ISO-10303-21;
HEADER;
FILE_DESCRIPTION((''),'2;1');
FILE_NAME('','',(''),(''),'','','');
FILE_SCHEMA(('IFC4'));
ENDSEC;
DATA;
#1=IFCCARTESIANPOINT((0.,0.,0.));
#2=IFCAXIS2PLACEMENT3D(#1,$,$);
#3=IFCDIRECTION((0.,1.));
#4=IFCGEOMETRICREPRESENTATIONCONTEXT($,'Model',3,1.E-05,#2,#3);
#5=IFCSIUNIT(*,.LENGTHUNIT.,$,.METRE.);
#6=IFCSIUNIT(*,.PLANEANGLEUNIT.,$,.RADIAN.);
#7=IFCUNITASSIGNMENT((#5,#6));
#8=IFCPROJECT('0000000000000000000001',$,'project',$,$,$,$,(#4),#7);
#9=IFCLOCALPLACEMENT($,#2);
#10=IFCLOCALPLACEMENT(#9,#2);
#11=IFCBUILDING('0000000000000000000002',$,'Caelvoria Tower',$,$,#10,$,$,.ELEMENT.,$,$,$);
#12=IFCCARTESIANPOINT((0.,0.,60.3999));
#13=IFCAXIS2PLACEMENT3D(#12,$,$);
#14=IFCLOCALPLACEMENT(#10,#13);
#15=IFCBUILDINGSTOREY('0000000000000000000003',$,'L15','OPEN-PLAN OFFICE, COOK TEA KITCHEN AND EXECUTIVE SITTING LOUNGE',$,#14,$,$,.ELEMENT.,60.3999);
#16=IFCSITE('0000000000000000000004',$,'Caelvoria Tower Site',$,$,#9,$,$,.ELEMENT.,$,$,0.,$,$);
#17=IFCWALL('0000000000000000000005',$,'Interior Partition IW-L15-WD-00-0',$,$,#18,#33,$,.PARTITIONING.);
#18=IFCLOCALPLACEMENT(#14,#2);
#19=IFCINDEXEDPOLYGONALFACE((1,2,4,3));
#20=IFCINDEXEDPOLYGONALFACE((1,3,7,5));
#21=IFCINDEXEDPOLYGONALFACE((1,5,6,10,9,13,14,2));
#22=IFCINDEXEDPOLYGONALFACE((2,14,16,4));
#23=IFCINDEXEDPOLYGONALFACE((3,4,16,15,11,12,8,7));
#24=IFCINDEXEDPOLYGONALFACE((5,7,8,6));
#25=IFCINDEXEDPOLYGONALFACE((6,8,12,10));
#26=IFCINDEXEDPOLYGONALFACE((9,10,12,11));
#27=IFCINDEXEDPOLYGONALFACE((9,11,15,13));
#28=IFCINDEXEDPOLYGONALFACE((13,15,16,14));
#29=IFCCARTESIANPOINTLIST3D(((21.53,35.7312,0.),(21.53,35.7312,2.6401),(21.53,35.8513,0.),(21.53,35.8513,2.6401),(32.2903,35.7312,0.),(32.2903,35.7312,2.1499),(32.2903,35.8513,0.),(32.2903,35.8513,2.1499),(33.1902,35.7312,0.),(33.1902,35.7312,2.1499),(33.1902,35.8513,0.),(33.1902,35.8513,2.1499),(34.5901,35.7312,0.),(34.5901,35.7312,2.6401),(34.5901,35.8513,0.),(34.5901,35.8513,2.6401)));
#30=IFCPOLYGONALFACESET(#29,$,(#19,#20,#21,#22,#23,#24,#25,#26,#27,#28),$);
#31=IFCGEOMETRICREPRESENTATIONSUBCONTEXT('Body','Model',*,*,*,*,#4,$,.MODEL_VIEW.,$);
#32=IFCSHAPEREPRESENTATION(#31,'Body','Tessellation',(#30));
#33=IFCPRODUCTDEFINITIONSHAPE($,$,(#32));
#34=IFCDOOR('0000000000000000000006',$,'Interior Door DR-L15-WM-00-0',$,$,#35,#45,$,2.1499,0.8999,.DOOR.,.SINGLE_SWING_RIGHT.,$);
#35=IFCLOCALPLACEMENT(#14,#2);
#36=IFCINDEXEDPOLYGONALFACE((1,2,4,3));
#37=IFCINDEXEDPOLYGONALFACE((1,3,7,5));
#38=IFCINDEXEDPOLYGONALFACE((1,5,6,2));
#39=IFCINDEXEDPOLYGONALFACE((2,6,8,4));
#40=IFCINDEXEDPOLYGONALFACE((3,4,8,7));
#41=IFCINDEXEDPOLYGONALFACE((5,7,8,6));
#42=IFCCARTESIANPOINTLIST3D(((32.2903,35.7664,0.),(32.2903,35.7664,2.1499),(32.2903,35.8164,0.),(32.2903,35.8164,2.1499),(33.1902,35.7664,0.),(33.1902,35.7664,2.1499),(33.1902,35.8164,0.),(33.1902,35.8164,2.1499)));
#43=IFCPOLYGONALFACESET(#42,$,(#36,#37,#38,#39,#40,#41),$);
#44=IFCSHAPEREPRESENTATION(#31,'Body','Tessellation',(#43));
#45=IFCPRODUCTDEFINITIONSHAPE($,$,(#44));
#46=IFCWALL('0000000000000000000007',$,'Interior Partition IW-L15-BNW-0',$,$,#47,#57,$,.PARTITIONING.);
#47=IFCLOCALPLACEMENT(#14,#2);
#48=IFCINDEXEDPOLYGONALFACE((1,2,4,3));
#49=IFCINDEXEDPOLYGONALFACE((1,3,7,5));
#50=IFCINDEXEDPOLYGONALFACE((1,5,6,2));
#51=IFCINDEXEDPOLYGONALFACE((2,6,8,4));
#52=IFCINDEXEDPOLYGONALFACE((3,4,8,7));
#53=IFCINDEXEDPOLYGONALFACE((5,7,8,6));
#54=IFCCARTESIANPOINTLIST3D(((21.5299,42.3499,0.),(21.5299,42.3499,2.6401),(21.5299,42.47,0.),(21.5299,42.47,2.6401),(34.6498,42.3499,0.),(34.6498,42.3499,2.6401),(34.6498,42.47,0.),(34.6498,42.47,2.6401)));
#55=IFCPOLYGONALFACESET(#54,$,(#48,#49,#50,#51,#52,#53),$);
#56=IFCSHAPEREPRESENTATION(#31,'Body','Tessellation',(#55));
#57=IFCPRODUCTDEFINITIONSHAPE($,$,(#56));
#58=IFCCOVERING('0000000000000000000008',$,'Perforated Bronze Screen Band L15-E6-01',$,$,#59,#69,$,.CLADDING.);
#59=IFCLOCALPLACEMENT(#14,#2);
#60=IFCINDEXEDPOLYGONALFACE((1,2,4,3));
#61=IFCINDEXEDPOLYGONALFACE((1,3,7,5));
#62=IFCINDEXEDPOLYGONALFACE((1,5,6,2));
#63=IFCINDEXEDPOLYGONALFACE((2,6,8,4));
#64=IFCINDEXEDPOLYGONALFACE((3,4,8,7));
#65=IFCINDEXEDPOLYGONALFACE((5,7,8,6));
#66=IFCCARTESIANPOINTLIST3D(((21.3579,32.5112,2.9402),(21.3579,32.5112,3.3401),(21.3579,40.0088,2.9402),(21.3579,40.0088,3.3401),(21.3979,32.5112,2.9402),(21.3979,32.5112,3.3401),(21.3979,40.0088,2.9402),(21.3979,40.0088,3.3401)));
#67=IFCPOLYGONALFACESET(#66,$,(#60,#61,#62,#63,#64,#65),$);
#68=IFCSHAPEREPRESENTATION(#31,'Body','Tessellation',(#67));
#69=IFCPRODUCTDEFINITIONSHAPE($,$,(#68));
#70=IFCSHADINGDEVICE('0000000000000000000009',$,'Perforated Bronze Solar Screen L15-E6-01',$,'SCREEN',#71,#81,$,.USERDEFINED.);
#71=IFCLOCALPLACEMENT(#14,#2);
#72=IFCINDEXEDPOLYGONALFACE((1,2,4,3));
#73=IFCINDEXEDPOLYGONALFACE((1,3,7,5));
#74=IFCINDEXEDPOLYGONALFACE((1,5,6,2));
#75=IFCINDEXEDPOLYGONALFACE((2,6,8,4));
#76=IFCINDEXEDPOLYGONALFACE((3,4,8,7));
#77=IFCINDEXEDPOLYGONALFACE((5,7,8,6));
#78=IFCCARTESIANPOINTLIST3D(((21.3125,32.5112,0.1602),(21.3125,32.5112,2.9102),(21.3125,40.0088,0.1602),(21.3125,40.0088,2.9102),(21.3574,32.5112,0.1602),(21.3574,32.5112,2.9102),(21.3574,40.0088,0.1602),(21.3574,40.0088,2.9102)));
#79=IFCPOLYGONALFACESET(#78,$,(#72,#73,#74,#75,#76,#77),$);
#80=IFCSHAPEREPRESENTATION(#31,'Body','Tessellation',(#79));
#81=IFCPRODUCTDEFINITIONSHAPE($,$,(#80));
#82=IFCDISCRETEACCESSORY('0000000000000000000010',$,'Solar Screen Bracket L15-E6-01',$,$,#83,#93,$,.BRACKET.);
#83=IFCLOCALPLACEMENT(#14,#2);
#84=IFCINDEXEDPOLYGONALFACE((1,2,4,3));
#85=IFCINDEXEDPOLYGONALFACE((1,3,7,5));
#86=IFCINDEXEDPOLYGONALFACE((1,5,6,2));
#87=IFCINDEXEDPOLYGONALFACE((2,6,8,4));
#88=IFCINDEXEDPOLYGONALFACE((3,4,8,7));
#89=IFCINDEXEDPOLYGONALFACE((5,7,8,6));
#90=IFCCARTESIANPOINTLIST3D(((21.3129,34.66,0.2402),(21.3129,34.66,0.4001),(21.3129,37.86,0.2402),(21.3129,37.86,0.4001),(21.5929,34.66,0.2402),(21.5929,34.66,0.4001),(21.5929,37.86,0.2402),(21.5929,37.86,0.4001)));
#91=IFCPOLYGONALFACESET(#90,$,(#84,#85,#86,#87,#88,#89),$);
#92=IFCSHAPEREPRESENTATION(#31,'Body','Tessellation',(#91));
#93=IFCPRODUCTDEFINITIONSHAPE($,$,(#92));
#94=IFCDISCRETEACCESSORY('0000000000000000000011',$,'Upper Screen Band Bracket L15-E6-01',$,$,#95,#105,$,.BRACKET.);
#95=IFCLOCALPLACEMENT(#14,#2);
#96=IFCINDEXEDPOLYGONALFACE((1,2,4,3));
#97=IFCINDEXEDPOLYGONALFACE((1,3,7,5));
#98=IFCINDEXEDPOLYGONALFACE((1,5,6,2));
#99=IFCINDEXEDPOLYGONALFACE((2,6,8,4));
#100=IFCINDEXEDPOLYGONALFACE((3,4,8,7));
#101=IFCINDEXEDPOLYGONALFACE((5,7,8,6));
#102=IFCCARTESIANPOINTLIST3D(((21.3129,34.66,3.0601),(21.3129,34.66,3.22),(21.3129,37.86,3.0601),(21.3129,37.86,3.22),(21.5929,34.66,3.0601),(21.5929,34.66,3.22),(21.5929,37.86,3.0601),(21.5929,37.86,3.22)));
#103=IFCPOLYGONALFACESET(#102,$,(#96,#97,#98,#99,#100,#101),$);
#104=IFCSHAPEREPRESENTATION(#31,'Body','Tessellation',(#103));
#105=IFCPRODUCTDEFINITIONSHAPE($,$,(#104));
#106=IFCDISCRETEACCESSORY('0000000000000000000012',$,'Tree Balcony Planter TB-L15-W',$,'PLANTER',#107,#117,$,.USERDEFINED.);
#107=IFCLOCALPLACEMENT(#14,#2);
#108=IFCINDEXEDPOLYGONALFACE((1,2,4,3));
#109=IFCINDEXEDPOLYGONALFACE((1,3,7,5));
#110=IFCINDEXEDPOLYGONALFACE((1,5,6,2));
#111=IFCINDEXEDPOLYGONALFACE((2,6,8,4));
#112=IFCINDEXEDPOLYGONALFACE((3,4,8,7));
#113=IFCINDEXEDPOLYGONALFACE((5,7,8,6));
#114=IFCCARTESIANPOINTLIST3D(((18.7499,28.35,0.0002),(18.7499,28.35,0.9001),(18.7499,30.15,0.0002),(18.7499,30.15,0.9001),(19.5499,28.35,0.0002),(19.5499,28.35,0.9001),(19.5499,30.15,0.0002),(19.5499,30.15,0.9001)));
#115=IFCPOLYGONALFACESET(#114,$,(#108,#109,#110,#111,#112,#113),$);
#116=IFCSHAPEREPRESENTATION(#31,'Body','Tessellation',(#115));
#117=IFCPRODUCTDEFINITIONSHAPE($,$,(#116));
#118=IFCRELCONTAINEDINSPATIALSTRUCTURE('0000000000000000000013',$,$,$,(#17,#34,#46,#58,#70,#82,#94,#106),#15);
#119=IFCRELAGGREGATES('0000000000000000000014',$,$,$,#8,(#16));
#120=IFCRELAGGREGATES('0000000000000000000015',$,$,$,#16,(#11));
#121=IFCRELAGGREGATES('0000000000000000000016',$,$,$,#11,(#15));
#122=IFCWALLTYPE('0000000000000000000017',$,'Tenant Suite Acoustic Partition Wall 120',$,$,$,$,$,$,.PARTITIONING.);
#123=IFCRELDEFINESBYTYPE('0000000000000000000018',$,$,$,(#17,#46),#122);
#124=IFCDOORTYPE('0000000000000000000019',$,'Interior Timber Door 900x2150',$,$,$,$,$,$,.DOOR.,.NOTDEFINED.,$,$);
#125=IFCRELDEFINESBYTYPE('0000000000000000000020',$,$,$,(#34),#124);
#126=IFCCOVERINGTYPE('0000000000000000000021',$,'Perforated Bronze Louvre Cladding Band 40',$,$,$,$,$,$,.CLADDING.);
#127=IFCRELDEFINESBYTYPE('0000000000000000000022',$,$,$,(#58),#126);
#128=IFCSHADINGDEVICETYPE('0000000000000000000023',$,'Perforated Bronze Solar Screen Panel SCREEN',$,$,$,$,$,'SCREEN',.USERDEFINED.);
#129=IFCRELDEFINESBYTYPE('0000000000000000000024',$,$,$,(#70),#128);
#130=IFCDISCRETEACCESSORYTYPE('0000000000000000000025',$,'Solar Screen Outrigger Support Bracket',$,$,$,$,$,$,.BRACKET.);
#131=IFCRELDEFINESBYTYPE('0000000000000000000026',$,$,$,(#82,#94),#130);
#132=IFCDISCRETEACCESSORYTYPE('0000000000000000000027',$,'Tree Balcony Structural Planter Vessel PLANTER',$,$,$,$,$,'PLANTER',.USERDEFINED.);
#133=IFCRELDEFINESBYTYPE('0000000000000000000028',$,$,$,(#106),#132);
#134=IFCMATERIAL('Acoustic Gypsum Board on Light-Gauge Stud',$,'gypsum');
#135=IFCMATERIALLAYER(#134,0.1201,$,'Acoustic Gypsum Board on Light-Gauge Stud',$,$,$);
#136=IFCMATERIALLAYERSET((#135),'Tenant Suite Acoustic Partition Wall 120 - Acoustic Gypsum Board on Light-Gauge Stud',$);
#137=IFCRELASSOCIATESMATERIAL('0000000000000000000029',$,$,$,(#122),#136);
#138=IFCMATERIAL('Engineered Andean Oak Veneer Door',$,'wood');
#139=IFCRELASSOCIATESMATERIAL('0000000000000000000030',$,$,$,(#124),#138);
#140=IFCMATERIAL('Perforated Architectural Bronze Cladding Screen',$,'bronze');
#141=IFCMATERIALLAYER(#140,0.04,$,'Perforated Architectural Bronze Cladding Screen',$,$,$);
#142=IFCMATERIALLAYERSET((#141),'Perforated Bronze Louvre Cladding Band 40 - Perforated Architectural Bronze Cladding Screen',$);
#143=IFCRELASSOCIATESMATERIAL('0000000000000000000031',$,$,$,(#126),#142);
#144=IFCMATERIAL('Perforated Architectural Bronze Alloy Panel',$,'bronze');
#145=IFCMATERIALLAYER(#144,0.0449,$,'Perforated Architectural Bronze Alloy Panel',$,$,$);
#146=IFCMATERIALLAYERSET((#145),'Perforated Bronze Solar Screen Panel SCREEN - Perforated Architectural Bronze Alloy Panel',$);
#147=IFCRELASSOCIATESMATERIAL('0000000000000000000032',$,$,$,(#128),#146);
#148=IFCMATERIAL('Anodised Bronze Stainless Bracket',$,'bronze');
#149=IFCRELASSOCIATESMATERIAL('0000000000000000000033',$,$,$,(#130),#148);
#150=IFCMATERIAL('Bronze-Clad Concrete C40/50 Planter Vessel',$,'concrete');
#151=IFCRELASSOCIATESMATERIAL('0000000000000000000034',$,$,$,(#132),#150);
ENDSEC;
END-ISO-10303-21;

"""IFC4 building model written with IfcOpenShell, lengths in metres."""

from ifc_helpers import new_model, si_unit, direction, frame, frame_2d, origin, origin_2d, place, context, subcontext, project, spatial, rectangle, extrude, material, layer, layer_set, type_object, element, fill, save


model = new_model("IFC4")

# Units and contexts
model_context = context("Model", 3, precision=1e-05, world=origin(), true_north=direction((0.0, 1.0)))
body_context = subcontext(model_context, "Body", "Model", "MODEL_VIEW")
ifc_project = project(units=[si_unit("LENGTHUNIT", "METRE"), si_unit("PLANEANGLEUNIT", "RADIAN")], contexts=[model_context])

# Site, building, storey
site_placement = place(None, origin())
site = spatial("IfcSite", under=ifc_project, at=site_placement, Name="Caelvoria Tower Site", CompositionType="ELEMENT", RefElevation=0.0)
building_placement = place(site_placement, origin())
building = spatial("IfcBuilding", under=site, at=building_placement, Name="Caelvoria Tower", CompositionType="ELEMENT")
storey_placement = place(building_placement, frame((0.0, 0.0, 60.3999)))
storey = spatial("IfcBuildingStorey", under=building, at=storey_placement, Name="L15", Description="OPEN-PLAN OFFICE, COOK TEA KITCHEN AND EXECUTIVE SITTING LOUNGE", CompositionType="ELEMENT", Elevation=60.3999)

# Shared definitions
ifc_material_1 = material(Name="Acoustic Gypsum Board on Light-Gauge Stud", Category="gypsum")
ifc_layer_1 = layer(ifc_material_1, 0.1201, Name="Acoustic Gypsum Board on Light-Gauge Stud")
ifc_layer_set_1 = layer_set([ifc_layer_1], Name="Tenant Suite Acoustic Partition Wall 120 - Acoustic Gypsum Board on Light-Gauge Stud")
wall_type_1 = type_object("IfcWallType", Name="Tenant Suite Acoustic Partition Wall 120", PredefinedType="PARTITIONING", material=ifc_layer_set_1)
ifc_material_2 = material(Name="Engineered Andean Oak Veneer Door", Category="wood")

# Wall, opening, door
wall_1_placement = place(storey_placement, frame((34.5901, 35.7913, 0.0), z_axis=(0.0, 0.0, 1.0), x_axis=(-1.0, 0.0, 0.0)))
wall_1 = element("IfcWall", 1, at=wall_1_placement, inside=storey, type_object=wall_type_1, Name="Interior Partition IW-L15-WD-00-0", PredefinedType="PARTITIONING", context=body_context, shape_type="SweptSolid", body=[
    extrude(rectangle(XDim=13.0601, YDim=0.1201, at=frame_2d((6.53, 0.0))), origin(), (0.0, 0.0, 1.0), 2.6401),
])
opening_1_placement = place(wall_1_placement, frame((1.3999, 0.0, 0.0)))
opening_1 = element("IfcOpeningElement", 2, at=opening_1_placement, cuts=wall_1, PredefinedType="OPENING", context=body_context, shape_type="SweptSolid", body=[
    extrude(rectangle(XDim=0.8999, YDim=2.1499, at=frame_2d((0.45, 1.075))), frame((0.0, 0.0701, 0.0), z_axis=(0.0, -1.0, 0.0), x_axis=(1.0, 0.0, 0.0)), (0.0, 0.0, 1.0), 0.1401),
])
door_type_1 = type_object("IfcDoorType", Name="Interior Timber Door 900x2150", OperationType="NOTDEFINED", PredefinedType="DOOR", material=ifc_material_2)
door_1_placement = place(opening_1_placement, origin())
door_1 = element("IfcDoor", 3, at=door_1_placement, inside=storey, type_object=door_type_1, Name="Interior Door DR-L15-WM-00-0", OperationType="SINGLE_SWING_RIGHT", OverallHeight=2.1499, OverallWidth=0.8999, PredefinedType="DOOR", context=body_context, shape_type="SweptSolid", body=[
    extrude(rectangle(XDim=0.8999, YDim=2.1499, at=frame_2d((0.45, 1.075))), frame((0.0, 0.0249, 0.0), z_axis=(0.0, -1.0, 0.0), x_axis=(1.0, 0.0, 0.0)), (0.0, 0.0, 1.0), 0.05),
])
fill(opening_1, door_1)

# Wall
wall_2_placement = place(storey_placement, frame((34.6499, 42.4099, 0.0), z_axis=(0.0, 0.0, 1.0), x_axis=(-1.0, 0.0, 0.0)))
element("IfcWall", 4, at=wall_2_placement, inside=storey, type_object=wall_type_1, Name="Interior Partition IW-L15-BNW-0", PredefinedType="PARTITIONING", context=body_context, shape_type="SweptSolid", body=[
    extrude(rectangle(XDim=13.1199, YDim=0.1201, at=frame_2d((6.5601, 0.0))), origin(), (0.0, 0.0, 1.0), 2.6401),
])

# Covering
ifc_material_3 = material(Name="Perforated Architectural Bronze Cladding Screen", Category="bronze")
ifc_layer_2 = layer(ifc_material_3, 0.04, Name="Perforated Architectural Bronze Cladding Screen")
ifc_layer_set_2 = layer_set([ifc_layer_2], Name="Perforated Bronze Louvre Cladding Band 40 - Perforated Architectural Bronze Cladding Screen")
covering_type = type_object("IfcCoveringType", Name="Perforated Bronze Louvre Cladding Band 40", PredefinedType="CLADDING", material=ifc_layer_set_2)
covering_placement = place(storey_placement, frame((21.3779, 36.26, 2.9402), z_axis=(0.0, 0.0, 1.0), x_axis=(0.0, -1.0, 0.0)))
element("IfcCovering", 5, at=covering_placement, inside=storey, type_object=covering_type, Name="Perforated Bronze Screen Band L15-E6-01", PredefinedType="CLADDING", context=body_context, shape_type="SweptSolid", body=[
    extrude(rectangle(XDim=7.4976, YDim=0.04, at=origin_2d()), origin(), (0.0, 0.0, 1.0), 0.3999),
])

# Shading device
ifc_material_4 = material(Name="Perforated Architectural Bronze Alloy Panel", Category="bronze")
ifc_layer_3 = layer(ifc_material_4, 0.0449, Name="Perforated Architectural Bronze Alloy Panel")
ifc_layer_set_3 = layer_set([ifc_layer_3], Name="Perforated Bronze Solar Screen Panel SCREEN - Perforated Architectural Bronze Alloy Panel")
shading_device_type = type_object("IfcShadingDeviceType", Name="Perforated Bronze Solar Screen Panel SCREEN", ElementType="SCREEN", PredefinedType="USERDEFINED", material=ifc_layer_set_3)
shading_device_placement = place(storey_placement, frame((21.335, 36.26, 0.1602), z_axis=(0.0, 0.0, 1.0), x_axis=(0.0, -1.0, 0.0)))
element("IfcShadingDevice", 6, at=shading_device_placement, inside=storey, type_object=shading_device_type, Name="Perforated Bronze Solar Screen L15-E6-01", ObjectType="SCREEN", PredefinedType="USERDEFINED", context=body_context, shape_type="SweptSolid", body=[
    extrude(rectangle(XDim=7.4976, YDim=0.0449, at=origin_2d()), origin(), (0.0, 0.0, 1.0), 2.75),
])

# Discrete accessories
ifc_material_5 = material(Name="Anodised Bronze Stainless Bracket", Category="bronze")
discrete_accessory_type_1 = type_object("IfcDiscreteAccessoryType", Name="Solar Screen Outrigger Support Bracket", PredefinedType="BRACKET", material=ifc_material_5)
for number, where, z_axis, x_axis, name in (
    (7, (21.4529, 36.26, 0.2402), (0.0, 0.0, 1.0), (0.0, -1.0, 0.0), "Solar Screen Bracket L15-E6-01"),
    (8, (21.4529, 36.26, 3.0601), (0.0, 0.0, 1.0), (0.0, -1.0, 0.0), "Upper Screen Band Bracket L15-E6-01"),
):
    element("IfcDiscreteAccessory", number, at=place(storey_placement, frame(where, z_axis=z_axis, x_axis=x_axis)), inside=storey, type_object=discrete_accessory_type_1, Name=name, PredefinedType="BRACKET", context=body_context, shape_type="SweptSolid", body=[
        extrude(rectangle(XDim=3.2, YDim=0.28, at=origin_2d()), origin(), (0.0, 0.0, 1.0), 0.1599),
    ])
ifc_material_6 = material(Name="Bronze-Clad Concrete C40/50 Planter Vessel", Category="concrete")
discrete_accessory_type_2 = type_object("IfcDiscreteAccessoryType", Name="Tree Balcony Structural Planter Vessel PLANTER", ElementType="PLANTER", PredefinedType="USERDEFINED", material=ifc_material_6)
discrete_accessory_placement = place(storey_placement, frame((19.1499, 29.25, 0.0002), z_axis=(0.0, 0.0, 1.0), x_axis=(0.0, 1.0, 0.0)))
element("IfcDiscreteAccessory", 9, at=discrete_accessory_placement, inside=storey, type_object=discrete_accessory_type_2, Name="Tree Balcony Planter TB-L15-W", ObjectType="PLANTER", PredefinedType="USERDEFINED", context=body_context, shape_type="SweptSolid", body=[
    extrude(rectangle(XDim=1.8, YDim=0.8, at=origin_2d()), origin(), (0.0, 0.0, 1.0), 0.8999),
])

save(model, "model.ifc")
